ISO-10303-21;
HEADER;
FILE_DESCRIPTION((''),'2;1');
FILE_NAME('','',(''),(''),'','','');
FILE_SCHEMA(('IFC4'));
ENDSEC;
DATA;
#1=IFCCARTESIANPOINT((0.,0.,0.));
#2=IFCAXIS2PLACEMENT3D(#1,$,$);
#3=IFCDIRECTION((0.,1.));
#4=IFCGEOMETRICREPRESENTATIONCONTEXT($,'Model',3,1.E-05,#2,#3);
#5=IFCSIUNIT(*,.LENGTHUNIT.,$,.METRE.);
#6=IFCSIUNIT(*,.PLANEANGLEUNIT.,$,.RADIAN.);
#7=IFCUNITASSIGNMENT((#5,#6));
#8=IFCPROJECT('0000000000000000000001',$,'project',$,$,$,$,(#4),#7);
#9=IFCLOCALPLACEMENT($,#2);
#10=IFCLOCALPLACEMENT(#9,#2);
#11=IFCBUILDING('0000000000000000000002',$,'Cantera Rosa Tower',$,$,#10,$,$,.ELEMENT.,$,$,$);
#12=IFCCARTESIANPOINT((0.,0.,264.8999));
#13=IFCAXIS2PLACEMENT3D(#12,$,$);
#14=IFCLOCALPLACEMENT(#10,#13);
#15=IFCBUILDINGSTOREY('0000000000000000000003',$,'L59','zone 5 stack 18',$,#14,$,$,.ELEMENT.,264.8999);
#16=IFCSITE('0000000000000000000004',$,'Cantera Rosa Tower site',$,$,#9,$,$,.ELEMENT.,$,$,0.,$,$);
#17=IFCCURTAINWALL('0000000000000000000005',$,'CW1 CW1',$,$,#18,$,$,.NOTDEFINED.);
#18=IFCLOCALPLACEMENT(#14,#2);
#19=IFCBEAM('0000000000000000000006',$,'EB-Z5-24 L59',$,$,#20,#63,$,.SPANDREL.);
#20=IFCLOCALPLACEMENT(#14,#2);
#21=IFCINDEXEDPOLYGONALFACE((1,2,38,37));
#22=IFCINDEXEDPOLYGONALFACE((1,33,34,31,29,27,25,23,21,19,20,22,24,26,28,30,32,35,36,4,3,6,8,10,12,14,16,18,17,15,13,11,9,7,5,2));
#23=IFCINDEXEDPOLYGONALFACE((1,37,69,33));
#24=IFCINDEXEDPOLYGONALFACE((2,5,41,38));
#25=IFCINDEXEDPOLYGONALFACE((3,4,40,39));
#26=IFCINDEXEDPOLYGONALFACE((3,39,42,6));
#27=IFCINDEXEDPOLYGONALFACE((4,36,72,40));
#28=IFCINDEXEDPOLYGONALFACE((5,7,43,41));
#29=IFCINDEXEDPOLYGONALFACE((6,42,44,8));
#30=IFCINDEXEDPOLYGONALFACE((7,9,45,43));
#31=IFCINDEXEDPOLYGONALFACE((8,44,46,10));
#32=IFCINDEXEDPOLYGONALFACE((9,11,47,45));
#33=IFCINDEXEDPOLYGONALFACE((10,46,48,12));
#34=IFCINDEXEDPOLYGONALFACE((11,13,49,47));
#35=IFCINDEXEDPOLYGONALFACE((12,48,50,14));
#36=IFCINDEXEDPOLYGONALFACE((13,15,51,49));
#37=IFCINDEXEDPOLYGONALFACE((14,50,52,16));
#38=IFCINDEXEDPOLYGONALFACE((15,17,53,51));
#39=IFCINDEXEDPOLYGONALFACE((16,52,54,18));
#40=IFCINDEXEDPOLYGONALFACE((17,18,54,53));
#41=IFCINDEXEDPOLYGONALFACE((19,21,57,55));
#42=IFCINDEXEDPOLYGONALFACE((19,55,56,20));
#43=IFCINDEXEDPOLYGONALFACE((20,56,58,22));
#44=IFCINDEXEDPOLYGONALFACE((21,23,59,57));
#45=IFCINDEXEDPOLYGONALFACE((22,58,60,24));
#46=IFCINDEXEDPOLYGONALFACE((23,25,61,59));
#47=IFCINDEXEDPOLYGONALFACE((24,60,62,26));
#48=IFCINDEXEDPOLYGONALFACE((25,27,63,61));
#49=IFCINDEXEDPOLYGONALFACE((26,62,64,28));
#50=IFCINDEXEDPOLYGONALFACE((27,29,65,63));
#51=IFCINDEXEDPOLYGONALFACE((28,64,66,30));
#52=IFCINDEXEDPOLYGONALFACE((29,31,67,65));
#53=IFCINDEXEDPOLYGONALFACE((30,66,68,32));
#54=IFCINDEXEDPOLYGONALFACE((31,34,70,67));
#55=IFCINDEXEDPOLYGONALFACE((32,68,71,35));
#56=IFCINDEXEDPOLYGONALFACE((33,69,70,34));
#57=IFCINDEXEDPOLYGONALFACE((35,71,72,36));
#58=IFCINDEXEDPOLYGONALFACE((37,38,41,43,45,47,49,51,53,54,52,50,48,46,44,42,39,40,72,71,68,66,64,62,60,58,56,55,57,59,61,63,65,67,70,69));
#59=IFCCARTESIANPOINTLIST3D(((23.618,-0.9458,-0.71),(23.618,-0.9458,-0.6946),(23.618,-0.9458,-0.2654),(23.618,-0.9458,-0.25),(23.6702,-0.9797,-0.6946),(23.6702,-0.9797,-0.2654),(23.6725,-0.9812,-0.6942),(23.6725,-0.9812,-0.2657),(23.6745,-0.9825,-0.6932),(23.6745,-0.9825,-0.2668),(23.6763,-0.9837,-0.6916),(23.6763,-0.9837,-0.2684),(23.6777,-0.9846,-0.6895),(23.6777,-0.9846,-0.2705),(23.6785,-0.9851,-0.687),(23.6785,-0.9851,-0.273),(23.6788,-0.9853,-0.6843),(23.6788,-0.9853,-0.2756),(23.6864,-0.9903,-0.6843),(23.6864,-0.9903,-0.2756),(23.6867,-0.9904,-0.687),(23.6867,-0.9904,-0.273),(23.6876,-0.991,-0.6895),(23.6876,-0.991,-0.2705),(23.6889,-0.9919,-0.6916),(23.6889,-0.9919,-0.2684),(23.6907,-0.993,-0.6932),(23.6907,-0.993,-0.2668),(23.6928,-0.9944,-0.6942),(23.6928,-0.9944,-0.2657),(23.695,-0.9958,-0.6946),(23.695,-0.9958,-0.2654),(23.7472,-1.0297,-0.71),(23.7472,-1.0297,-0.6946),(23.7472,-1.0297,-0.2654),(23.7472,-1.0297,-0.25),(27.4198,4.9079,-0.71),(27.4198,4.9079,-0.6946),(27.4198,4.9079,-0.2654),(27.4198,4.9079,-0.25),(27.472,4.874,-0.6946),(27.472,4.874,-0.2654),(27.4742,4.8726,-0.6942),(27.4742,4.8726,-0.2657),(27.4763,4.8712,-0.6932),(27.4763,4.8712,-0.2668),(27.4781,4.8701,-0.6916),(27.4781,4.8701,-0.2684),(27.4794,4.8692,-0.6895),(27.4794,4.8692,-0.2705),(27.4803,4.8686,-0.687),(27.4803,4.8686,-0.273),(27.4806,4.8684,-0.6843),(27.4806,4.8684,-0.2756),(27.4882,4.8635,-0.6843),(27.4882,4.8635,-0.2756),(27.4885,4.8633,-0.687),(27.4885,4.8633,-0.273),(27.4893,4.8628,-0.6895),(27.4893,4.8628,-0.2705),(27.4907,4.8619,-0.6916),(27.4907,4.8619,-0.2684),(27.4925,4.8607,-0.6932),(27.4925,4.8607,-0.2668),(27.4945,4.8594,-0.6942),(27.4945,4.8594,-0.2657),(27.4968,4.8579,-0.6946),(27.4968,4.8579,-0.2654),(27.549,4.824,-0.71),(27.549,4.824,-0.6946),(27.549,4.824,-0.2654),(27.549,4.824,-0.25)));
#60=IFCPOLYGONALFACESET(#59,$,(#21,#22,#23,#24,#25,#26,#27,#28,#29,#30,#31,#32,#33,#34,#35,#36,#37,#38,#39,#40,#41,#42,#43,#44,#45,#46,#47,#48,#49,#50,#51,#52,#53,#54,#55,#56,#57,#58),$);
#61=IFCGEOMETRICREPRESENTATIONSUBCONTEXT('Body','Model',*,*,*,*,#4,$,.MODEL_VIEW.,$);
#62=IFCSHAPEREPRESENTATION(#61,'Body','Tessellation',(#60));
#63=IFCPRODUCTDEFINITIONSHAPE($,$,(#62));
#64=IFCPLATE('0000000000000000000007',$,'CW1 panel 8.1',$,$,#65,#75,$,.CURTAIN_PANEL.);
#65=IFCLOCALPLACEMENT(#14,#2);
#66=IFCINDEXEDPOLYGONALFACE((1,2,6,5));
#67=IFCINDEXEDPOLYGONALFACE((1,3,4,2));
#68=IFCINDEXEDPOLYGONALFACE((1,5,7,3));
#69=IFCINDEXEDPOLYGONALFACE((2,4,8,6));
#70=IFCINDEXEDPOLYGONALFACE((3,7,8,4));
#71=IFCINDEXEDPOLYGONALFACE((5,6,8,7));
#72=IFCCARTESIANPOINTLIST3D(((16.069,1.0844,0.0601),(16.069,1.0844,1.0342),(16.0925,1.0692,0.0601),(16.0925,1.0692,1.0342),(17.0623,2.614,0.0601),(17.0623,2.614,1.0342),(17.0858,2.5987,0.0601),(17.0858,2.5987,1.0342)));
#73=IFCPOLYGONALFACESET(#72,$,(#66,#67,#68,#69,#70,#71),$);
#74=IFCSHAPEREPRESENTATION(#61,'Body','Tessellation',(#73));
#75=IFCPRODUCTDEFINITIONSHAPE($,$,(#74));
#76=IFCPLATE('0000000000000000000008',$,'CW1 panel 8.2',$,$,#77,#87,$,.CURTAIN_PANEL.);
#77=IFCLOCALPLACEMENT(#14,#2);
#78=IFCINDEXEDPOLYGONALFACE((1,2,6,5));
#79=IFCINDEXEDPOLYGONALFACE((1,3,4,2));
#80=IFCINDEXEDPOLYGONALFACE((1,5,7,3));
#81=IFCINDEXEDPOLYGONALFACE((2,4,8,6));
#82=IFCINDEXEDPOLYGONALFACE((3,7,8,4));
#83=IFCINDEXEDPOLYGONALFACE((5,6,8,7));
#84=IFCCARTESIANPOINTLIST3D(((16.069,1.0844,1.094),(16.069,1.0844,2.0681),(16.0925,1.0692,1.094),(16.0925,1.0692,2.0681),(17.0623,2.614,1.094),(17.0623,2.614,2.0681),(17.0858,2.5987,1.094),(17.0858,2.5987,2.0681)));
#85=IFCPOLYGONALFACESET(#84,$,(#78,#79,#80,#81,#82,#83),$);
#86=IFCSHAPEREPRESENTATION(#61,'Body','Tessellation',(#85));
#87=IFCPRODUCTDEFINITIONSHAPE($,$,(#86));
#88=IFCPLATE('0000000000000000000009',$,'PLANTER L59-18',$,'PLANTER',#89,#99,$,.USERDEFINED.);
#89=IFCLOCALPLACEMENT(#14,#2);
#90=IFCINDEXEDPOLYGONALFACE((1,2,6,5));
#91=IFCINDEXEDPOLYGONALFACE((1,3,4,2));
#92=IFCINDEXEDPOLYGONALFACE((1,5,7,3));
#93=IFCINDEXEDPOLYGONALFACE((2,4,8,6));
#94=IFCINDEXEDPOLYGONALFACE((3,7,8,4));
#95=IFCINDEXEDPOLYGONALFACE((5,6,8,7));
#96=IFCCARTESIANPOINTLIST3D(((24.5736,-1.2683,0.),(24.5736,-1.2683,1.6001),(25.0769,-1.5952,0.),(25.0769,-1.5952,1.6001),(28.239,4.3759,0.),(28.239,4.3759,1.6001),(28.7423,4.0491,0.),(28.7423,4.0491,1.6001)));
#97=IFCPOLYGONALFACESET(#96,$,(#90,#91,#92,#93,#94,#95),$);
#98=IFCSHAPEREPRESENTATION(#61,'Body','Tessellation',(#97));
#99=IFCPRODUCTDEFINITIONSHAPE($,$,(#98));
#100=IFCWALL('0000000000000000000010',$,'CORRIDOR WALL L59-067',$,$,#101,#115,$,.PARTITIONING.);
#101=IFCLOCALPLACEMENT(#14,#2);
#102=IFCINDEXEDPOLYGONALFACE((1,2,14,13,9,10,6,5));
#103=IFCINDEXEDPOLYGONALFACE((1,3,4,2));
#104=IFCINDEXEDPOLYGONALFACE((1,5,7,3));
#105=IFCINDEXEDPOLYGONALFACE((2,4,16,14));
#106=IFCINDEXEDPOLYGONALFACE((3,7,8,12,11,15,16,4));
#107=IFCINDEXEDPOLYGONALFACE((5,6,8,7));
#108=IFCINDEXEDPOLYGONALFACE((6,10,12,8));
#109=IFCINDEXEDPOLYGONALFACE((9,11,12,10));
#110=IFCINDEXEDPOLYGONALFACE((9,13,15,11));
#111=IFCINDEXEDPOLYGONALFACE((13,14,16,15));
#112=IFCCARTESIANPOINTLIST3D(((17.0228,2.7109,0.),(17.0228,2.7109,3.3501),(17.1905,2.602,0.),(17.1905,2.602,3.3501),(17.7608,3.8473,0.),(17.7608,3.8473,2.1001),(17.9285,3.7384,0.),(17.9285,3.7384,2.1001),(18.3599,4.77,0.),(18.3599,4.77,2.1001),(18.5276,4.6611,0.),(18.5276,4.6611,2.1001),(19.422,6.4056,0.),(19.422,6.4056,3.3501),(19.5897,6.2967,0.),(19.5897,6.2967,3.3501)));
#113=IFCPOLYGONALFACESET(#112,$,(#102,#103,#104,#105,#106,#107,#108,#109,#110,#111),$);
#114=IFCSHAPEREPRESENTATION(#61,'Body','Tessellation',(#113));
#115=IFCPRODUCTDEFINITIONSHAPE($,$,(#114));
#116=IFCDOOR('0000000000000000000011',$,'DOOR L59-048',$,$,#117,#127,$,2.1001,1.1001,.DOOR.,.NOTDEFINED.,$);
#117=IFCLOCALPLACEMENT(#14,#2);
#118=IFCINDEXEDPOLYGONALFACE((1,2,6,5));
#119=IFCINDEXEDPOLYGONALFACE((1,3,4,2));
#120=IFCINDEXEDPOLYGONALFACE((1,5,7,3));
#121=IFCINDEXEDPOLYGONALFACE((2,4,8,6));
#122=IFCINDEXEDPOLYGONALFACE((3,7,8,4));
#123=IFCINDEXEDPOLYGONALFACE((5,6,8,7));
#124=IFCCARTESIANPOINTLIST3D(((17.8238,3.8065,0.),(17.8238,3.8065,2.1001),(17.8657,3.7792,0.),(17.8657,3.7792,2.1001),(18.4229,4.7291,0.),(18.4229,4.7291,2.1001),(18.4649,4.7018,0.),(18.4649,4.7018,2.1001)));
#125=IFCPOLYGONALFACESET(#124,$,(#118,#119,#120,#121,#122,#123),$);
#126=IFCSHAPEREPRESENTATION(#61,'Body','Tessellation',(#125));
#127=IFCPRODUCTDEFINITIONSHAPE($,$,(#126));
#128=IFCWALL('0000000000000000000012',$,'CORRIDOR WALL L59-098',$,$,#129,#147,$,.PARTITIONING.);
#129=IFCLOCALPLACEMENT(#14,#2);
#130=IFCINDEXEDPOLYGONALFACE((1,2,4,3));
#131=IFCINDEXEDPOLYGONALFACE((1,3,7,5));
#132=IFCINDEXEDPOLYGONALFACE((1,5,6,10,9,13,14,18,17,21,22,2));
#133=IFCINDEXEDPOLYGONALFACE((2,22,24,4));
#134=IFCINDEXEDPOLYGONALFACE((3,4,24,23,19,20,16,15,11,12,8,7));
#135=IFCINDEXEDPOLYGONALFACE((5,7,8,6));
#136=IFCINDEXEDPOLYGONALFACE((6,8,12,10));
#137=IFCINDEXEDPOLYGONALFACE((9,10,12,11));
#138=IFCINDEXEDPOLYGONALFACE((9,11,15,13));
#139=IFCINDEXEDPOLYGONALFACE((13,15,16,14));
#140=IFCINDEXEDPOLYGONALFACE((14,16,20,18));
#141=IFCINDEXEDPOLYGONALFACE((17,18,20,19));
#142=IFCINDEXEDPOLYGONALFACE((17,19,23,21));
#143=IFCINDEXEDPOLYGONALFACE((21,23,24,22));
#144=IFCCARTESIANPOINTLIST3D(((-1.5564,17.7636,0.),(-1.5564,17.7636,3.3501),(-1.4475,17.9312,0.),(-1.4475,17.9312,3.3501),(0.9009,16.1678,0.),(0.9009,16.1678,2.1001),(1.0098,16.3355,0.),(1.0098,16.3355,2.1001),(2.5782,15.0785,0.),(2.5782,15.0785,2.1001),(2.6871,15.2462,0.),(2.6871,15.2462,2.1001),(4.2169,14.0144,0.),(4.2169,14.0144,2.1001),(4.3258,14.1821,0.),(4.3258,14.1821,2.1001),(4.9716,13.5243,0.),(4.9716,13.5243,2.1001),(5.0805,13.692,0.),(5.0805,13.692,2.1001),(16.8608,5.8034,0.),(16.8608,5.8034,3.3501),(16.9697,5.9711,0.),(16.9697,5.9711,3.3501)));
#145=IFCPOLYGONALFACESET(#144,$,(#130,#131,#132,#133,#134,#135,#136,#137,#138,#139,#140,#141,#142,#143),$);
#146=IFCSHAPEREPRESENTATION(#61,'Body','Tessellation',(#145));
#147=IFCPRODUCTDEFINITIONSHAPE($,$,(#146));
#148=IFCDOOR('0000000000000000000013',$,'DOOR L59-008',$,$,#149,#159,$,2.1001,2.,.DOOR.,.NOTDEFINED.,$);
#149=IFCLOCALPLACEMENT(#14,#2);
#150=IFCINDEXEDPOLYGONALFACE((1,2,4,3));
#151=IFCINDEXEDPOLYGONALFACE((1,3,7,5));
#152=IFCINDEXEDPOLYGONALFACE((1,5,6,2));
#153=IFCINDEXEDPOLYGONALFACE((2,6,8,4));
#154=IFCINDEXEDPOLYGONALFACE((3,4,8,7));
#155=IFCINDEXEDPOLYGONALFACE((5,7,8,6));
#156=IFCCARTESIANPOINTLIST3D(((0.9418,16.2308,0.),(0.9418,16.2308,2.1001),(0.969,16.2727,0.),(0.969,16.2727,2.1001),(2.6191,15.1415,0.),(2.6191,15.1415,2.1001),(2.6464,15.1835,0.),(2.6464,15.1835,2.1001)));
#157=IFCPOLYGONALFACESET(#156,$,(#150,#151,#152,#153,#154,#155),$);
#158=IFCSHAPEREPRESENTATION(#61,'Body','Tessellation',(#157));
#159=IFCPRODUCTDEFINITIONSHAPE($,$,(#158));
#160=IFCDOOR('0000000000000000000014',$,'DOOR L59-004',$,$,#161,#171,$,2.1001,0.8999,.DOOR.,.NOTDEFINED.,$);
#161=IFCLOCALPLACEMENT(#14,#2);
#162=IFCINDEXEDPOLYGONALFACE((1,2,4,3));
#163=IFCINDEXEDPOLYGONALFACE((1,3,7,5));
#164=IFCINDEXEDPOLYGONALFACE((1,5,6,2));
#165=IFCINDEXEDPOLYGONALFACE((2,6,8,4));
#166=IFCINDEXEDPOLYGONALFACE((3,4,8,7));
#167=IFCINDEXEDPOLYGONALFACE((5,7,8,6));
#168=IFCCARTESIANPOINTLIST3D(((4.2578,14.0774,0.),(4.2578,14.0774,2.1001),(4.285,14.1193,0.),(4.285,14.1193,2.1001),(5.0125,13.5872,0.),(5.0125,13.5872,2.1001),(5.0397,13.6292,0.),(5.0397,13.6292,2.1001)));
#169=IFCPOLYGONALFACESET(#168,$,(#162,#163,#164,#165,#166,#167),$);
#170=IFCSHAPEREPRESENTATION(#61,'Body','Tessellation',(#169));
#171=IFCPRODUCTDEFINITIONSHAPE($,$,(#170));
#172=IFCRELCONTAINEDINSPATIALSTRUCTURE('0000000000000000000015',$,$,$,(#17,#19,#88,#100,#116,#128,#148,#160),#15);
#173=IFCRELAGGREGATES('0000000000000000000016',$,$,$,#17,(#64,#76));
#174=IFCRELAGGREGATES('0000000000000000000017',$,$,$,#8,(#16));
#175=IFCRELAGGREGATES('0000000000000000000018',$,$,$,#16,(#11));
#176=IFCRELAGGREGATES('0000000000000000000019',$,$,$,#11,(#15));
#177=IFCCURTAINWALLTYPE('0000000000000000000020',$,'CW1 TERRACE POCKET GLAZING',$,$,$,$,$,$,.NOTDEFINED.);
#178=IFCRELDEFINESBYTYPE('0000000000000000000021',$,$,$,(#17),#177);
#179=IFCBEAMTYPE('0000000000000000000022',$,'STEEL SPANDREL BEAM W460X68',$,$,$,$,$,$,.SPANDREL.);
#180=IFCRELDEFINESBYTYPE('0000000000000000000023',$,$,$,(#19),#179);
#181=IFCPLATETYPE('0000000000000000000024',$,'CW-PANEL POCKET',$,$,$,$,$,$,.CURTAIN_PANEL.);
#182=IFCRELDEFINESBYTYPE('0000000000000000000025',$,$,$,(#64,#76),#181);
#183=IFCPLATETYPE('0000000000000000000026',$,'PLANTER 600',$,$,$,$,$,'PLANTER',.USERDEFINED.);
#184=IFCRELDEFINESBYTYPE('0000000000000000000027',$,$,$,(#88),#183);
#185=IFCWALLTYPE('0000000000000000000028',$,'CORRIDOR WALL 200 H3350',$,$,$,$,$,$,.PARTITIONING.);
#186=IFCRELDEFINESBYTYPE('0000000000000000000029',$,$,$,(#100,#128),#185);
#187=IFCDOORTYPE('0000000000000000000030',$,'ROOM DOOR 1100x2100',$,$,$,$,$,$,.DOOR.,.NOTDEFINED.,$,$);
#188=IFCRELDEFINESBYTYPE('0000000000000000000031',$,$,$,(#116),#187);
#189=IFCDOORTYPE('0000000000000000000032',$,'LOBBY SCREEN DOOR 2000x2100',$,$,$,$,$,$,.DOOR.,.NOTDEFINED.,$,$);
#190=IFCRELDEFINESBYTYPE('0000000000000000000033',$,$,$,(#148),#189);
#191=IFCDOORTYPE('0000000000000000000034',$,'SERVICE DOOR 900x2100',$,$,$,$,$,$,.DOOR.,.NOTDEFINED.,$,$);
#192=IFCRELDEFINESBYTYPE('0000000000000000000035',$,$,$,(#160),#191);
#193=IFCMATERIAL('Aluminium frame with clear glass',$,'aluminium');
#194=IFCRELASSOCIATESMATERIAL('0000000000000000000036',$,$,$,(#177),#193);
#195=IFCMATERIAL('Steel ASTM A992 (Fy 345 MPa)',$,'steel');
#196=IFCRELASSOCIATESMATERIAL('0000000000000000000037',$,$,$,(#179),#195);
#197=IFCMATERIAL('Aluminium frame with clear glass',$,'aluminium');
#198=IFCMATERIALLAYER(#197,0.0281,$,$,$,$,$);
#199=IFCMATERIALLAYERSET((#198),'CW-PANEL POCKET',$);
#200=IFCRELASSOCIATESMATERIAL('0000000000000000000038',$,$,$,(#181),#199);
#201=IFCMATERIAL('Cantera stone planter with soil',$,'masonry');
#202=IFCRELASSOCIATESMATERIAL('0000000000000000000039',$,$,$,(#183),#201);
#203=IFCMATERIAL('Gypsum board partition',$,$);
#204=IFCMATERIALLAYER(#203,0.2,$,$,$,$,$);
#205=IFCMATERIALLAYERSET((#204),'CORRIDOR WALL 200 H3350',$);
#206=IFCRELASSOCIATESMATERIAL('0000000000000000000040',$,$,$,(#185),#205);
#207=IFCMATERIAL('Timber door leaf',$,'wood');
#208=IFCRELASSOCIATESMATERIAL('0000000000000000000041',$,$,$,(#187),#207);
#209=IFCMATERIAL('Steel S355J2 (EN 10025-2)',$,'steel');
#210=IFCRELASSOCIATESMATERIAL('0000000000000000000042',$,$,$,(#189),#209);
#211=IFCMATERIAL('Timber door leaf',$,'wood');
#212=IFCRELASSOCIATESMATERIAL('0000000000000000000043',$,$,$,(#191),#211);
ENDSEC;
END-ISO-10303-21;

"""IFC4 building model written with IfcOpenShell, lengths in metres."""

from ifc_helpers import new_model, si_unit, direction, frame, frame_2d, origin, origin_2d, place, context, subcontext, project, spatial, rectangle, i_section, extrude, material, layer, layer_set, material_profile, profile_set, type_object, element, fill, aggregate, save


model = new_model("IFC4")

# Units and contexts
model_context = context("Model", 3, precision=1e-05, world=origin(), true_north=direction((0.0, 1.0)))
body_context = subcontext(model_context, "Body", "Model", "MODEL_VIEW")
ifc_project = project(units=[si_unit("LENGTHUNIT", "METRE"), si_unit("PLANEANGLEUNIT", "RADIAN")], contexts=[model_context])

# Site, building, storey
site_placement = place(None, origin())
site = spatial("IfcSite", under=ifc_project, at=site_placement, Name="Cantera Rosa Tower site", CompositionType="ELEMENT", RefElevation=0.0)
building_placement = place(site_placement, origin())
building = spatial("IfcBuilding", under=site, at=building_placement, Name="Cantera Rosa Tower", CompositionType="ELEMENT")
storey_placement = place(building_placement, frame((0.0, 0.0, 264.8999)))
storey = spatial("IfcBuildingStorey", under=building, at=storey_placement, Name="L59", Description="zone 5 stack 18", CompositionType="ELEMENT", Elevation=264.8999)

# Curtain wall
ifc_material_1 = material(Name="Aluminium frame with clear glass", Category="aluminium")
curtain_wall_type = type_object("IfcCurtainWallType", Name="CW1 TERRACE POCKET GLAZING", PredefinedType="NOTDEFINED", material=ifc_material_1)
curtain_wall_placement = place(storey_placement, origin())
curtain_wall = element("IfcCurtainWall", 1, at=curtain_wall_placement, inside=storey, type_object=curtain_wall_type, Name="CW1 CW1", PredefinedType="NOTDEFINED")

# Beam
ifc_material_2 = material(Name="Steel ASTM A992 (Fy 345 MPa)", Category="steel")
ifc_material_profile_1 = material_profile(ifc_material_2, i_section(OverallWidth=0.1541, OverallDepth=0.46, WebThickness=0.009, FlangeThickness=0.0154, FilletRadius=0.0103, at=origin_2d()), Name="W460X68")
ifc_profile_set_1 = profile_set([ifc_material_profile_1], Name="Steel ASTM A992 (Fy 345 MPa)")
beam_type_1 = type_object("IfcBeamType", Name="STEEL SPANDREL BEAM W460X68", PredefinedType="SPANDREL", material=ifc_profile_set_1)
beam_1_placement = place(storey_placement, frame((23.6826, -0.9878, -0.48), z_axis=(0.544667, 0.838652, 0.0), x_axis=(-0.838652, 0.544667, 0.0)))
element("IfcBeam", 2, at=beam_1_placement, inside=storey, type_object=beam_type_1, Name="EB-Z5-24 L59", PredefinedType="SPANDREL", context=body_context, shape_type="SweptSolid", body=[
    extrude(i_section(OverallWidth=0.1541, OverallDepth=0.46, WebThickness=0.009, FlangeThickness=0.0154, FilletRadius=0.0103, at=origin_2d()), origin(), (0.0, 0.0, 1.0), 6.98),
])

# Plates
ifc_material_3 = material(Name="Aluminium frame with clear glass", Category="aluminium")
ifc_layer_1 = layer(ifc_material_3, 0.0281)
ifc_layer_set_1 = layer_set([ifc_layer_1], Name="CW-PANEL POCKET")
plate_type_1 = type_object("IfcPlateType", Name="CW-PANEL POCKET", PredefinedType="CURTAIN_PANEL", material=ifc_layer_set_1)
plate_1_placement = place(storey_placement, frame((16.5774, 1.8416, 0.0601), z_axis=(0.0, 0.0, 1.0), x_axis=(0.544639, 0.838671, 0.0)))
plate_1 = element("IfcPlate", 3, at=plate_1_placement, type_object=plate_type_1, Name="CW1 panel 8.1", PredefinedType="CURTAIN_PANEL", context=body_context, shape_type="SweptSolid", body=[
    extrude(rectangle(XDim=1.8237, YDim=0.0281, at=origin_2d()), origin(), (0.0, 0.0, 1.0), 0.9741),
])
plate_2_placement = place(storey_placement, frame((16.5774, 1.8416, 1.094), z_axis=(0.0, 0.0, 1.0), x_axis=(0.544639, 0.838671, 0.0)))
plate_2 = element("IfcPlate", 4, at=plate_2_placement, type_object=plate_type_1, Name="CW1 panel 8.2", PredefinedType="CURTAIN_PANEL", context=body_context, shape_type="SweptSolid", body=[
    extrude(rectangle(XDim=1.8237, YDim=0.0281, at=origin_2d()), origin(), (0.0, 0.0, 1.0), 0.9741),
])
aggregate(curtain_wall, [plate_1, plate_2])
ifc_material_4 = material(Name="Cantera stone planter with soil", Category="masonry")
plate_type_2 = type_object("IfcPlateType", Name="PLANTER 600", ElementType="PLANTER", PredefinedType="USERDEFINED", material=ifc_material_4)
plate_3_placement = place(storey_placement, frame((26.658, 1.3904, 0.0), z_axis=(0.0, 0.0, 1.0), x_axis=(0.544639, 0.838671, 0.0)))
element("IfcPlate", 5, at=plate_3_placement, inside=storey, type_object=plate_type_2, Name="PLANTER L59-18", ObjectType="PLANTER", PredefinedType="USERDEFINED", context=body_context, shape_type="SweptSolid", body=[
    extrude(rectangle(XDim=6.73, YDim=0.6001, at=origin_2d()), origin(), (0.0, 0.0, 1.0), 1.6001),
])

# Wall, opening, door
ifc_material_5 = material(Name="Gypsum board partition")
ifc_layer_2 = layer(ifc_material_5, 0.2)
ifc_layer_set_2 = layer_set([ifc_layer_2], Name="CORRIDOR WALL 200 H3350")
wall_type_1 = type_object("IfcWallType", Name="CORRIDOR WALL 200 H3350", PredefinedType="PARTITIONING", material=ifc_layer_set_2)
wall_1_placement = place(storey_placement, frame((17.1067, 2.6565, 0.0), z_axis=(0.0, 0.0, 1.0), x_axis=(0.54462, 0.838683, 0.0)))
wall_1 = element("IfcWall", 6, at=wall_1_placement, inside=storey, type_object=wall_type_1, Name="CORRIDOR WALL L59-067", PredefinedType="PARTITIONING", context=body_context, shape_type="SweptSolid", body=[
    extrude(rectangle(XDim=4.4053, YDim=0.2, at=frame_2d((2.2026, 0.0))), origin(), (0.0, 0.0, 1.0), 3.3501),
])
opening_1_placement = place(wall_1_placement, frame((1.355, 0.0, 0.0)))
opening_1 = element("IfcOpeningElement", 7, at=opening_1_placement, cuts=wall_1, PredefinedType="OPENING", context=body_context, shape_type="SweptSolid", body=[
    extrude(rectangle(XDim=1.1001, YDim=2.1001, at=frame_2d((0.55, 1.05))), frame((0.0, 0.1099, 0.0), z_axis=(0.0, -1.0, 0.0), x_axis=(1.0, 0.0, 0.0)), (0.0, 0.0, 1.0), 0.22),
])
ifc_material_6 = material(Name="Timber door leaf", Category="wood")
door_type_1 = type_object("IfcDoorType", Name="ROOM DOOR 1100x2100", OperationType="NOTDEFINED", PredefinedType="DOOR", material=ifc_material_6)
door_1_placement = place(opening_1_placement, origin())
door_1 = element("IfcDoor", 8, at=door_1_placement, inside=storey, type_object=door_type_1, Name="DOOR L59-048", OperationType="NOTDEFINED", OverallHeight=2.1001, OverallWidth=1.1001, PredefinedType="DOOR", context=body_context, shape_type="SweptSolid", body=[
    extrude(rectangle(XDim=1.1001, YDim=2.1001, at=frame_2d((0.55, 1.05))), frame((0.0, 0.0249, 0.0), z_axis=(0.0, -1.0, 0.0), x_axis=(1.0, 0.0, 0.0)), (0.0, 0.0, 1.0), 0.05),
])
fill(opening_1, door_1)

# Wall, openings, doors
wall_2_placement = place(storey_placement, frame((16.9153, 5.8872, 0.0), z_axis=(0.0, 0.0, 1.0), x_axis=(-0.838672, 0.544636, 0.0)))
wall_2 = element("IfcWall", 9, at=wall_2_placement, inside=storey, type_object=wall_type_1, Name="CORRIDOR WALL L59-098", PredefinedType="PARTITIONING", context=body_context, shape_type="SweptSolid", body=[
    extrude(rectangle(XDim=21.96, YDim=0.2, at=frame_2d((10.98, 0.0))), origin(), (0.0, 0.0, 1.0), 3.3501),
])
opening_2_placement = place(wall_2_placement, frame((14.1763, 0.0, 0.0)))
opening_2 = element("IfcOpeningElement", 10, at=opening_2_placement, cuts=wall_2, PredefinedType="OPENING", context=body_context, shape_type="SweptSolid", body=[
    extrude(rectangle(XDim=0.8999, YDim=2.1001, at=frame_2d((0.45, 1.05))), frame((0.0, 0.1099, 0.0), z_axis=(0.0, -1.0, 0.0), x_axis=(1.0, 0.0, 0.0)), (0.0, 0.0, 1.0), 0.22),
])
opening_3_placement = place(wall_2_placement, frame((17.03, 0.0, 0.0)))
opening_3 = element("IfcOpeningElement", 11, at=opening_3_placement, cuts=wall_2, PredefinedType="OPENING", context=body_context, shape_type="SweptSolid", body=[
    extrude(rectangle(XDim=2.0, YDim=2.1001, at=frame_2d((1.0, 1.05))), frame((0.0, 0.1099, 0.0), z_axis=(0.0, -1.0, 0.0), x_axis=(1.0, 0.0, 0.0)), (0.0, 0.0, 1.0), 0.22),
])
ifc_material_7 = material(Name="Steel S355J2 (EN 10025-2)", Category="steel")
door_type_2 = type_object("IfcDoorType", Name="LOBBY SCREEN DOOR 2000x2100", OperationType="NOTDEFINED", PredefinedType="DOOR", material=ifc_material_7)
door_2_placement = place(opening_3_placement, origin())
door_2 = element("IfcDoor", 12, at=door_2_placement, inside=storey, type_object=door_type_2, Name="DOOR L59-008", OperationType="NOTDEFINED", OverallHeight=2.1001, OverallWidth=2.0, PredefinedType="DOOR", context=body_context, shape_type="SweptSolid", body=[
    extrude(rectangle(XDim=2.0, YDim=2.1001, at=frame_2d((1.0, 1.05))), frame((0.0, 0.0249, 0.0), z_axis=(0.0, -1.0, 0.0), x_axis=(1.0, 0.0, 0.0)), (0.0, 0.0, 1.0), 0.05),
])
fill(opening_3, door_2)
ifc_material_8 = material(Name="Timber door leaf", Category="wood")
door_type_3 = type_object("IfcDoorType", Name="SERVICE DOOR 900x2100", OperationType="NOTDEFINED", PredefinedType="DOOR", material=ifc_material_8)
door_3_placement = place(opening_2_placement, origin())
door_3 = element("IfcDoor", 13, at=door_3_placement, inside=storey, type_object=door_type_3, Name="DOOR L59-004", OperationType="NOTDEFINED", OverallHeight=2.1001, OverallWidth=0.8999, PredefinedType="DOOR", context=body_context, shape_type="SweptSolid", body=[
    extrude(rectangle(XDim=0.8999, YDim=2.1001, at=frame_2d((0.45, 1.05))), frame((0.0, 0.0249, 0.0), z_axis=(0.0, -1.0, 0.0), x_axis=(1.0, 0.0, 0.0)), (0.0, 0.0, 1.0), 0.05),
])
fill(opening_2, door_3)

save(model, "model.ifc")
